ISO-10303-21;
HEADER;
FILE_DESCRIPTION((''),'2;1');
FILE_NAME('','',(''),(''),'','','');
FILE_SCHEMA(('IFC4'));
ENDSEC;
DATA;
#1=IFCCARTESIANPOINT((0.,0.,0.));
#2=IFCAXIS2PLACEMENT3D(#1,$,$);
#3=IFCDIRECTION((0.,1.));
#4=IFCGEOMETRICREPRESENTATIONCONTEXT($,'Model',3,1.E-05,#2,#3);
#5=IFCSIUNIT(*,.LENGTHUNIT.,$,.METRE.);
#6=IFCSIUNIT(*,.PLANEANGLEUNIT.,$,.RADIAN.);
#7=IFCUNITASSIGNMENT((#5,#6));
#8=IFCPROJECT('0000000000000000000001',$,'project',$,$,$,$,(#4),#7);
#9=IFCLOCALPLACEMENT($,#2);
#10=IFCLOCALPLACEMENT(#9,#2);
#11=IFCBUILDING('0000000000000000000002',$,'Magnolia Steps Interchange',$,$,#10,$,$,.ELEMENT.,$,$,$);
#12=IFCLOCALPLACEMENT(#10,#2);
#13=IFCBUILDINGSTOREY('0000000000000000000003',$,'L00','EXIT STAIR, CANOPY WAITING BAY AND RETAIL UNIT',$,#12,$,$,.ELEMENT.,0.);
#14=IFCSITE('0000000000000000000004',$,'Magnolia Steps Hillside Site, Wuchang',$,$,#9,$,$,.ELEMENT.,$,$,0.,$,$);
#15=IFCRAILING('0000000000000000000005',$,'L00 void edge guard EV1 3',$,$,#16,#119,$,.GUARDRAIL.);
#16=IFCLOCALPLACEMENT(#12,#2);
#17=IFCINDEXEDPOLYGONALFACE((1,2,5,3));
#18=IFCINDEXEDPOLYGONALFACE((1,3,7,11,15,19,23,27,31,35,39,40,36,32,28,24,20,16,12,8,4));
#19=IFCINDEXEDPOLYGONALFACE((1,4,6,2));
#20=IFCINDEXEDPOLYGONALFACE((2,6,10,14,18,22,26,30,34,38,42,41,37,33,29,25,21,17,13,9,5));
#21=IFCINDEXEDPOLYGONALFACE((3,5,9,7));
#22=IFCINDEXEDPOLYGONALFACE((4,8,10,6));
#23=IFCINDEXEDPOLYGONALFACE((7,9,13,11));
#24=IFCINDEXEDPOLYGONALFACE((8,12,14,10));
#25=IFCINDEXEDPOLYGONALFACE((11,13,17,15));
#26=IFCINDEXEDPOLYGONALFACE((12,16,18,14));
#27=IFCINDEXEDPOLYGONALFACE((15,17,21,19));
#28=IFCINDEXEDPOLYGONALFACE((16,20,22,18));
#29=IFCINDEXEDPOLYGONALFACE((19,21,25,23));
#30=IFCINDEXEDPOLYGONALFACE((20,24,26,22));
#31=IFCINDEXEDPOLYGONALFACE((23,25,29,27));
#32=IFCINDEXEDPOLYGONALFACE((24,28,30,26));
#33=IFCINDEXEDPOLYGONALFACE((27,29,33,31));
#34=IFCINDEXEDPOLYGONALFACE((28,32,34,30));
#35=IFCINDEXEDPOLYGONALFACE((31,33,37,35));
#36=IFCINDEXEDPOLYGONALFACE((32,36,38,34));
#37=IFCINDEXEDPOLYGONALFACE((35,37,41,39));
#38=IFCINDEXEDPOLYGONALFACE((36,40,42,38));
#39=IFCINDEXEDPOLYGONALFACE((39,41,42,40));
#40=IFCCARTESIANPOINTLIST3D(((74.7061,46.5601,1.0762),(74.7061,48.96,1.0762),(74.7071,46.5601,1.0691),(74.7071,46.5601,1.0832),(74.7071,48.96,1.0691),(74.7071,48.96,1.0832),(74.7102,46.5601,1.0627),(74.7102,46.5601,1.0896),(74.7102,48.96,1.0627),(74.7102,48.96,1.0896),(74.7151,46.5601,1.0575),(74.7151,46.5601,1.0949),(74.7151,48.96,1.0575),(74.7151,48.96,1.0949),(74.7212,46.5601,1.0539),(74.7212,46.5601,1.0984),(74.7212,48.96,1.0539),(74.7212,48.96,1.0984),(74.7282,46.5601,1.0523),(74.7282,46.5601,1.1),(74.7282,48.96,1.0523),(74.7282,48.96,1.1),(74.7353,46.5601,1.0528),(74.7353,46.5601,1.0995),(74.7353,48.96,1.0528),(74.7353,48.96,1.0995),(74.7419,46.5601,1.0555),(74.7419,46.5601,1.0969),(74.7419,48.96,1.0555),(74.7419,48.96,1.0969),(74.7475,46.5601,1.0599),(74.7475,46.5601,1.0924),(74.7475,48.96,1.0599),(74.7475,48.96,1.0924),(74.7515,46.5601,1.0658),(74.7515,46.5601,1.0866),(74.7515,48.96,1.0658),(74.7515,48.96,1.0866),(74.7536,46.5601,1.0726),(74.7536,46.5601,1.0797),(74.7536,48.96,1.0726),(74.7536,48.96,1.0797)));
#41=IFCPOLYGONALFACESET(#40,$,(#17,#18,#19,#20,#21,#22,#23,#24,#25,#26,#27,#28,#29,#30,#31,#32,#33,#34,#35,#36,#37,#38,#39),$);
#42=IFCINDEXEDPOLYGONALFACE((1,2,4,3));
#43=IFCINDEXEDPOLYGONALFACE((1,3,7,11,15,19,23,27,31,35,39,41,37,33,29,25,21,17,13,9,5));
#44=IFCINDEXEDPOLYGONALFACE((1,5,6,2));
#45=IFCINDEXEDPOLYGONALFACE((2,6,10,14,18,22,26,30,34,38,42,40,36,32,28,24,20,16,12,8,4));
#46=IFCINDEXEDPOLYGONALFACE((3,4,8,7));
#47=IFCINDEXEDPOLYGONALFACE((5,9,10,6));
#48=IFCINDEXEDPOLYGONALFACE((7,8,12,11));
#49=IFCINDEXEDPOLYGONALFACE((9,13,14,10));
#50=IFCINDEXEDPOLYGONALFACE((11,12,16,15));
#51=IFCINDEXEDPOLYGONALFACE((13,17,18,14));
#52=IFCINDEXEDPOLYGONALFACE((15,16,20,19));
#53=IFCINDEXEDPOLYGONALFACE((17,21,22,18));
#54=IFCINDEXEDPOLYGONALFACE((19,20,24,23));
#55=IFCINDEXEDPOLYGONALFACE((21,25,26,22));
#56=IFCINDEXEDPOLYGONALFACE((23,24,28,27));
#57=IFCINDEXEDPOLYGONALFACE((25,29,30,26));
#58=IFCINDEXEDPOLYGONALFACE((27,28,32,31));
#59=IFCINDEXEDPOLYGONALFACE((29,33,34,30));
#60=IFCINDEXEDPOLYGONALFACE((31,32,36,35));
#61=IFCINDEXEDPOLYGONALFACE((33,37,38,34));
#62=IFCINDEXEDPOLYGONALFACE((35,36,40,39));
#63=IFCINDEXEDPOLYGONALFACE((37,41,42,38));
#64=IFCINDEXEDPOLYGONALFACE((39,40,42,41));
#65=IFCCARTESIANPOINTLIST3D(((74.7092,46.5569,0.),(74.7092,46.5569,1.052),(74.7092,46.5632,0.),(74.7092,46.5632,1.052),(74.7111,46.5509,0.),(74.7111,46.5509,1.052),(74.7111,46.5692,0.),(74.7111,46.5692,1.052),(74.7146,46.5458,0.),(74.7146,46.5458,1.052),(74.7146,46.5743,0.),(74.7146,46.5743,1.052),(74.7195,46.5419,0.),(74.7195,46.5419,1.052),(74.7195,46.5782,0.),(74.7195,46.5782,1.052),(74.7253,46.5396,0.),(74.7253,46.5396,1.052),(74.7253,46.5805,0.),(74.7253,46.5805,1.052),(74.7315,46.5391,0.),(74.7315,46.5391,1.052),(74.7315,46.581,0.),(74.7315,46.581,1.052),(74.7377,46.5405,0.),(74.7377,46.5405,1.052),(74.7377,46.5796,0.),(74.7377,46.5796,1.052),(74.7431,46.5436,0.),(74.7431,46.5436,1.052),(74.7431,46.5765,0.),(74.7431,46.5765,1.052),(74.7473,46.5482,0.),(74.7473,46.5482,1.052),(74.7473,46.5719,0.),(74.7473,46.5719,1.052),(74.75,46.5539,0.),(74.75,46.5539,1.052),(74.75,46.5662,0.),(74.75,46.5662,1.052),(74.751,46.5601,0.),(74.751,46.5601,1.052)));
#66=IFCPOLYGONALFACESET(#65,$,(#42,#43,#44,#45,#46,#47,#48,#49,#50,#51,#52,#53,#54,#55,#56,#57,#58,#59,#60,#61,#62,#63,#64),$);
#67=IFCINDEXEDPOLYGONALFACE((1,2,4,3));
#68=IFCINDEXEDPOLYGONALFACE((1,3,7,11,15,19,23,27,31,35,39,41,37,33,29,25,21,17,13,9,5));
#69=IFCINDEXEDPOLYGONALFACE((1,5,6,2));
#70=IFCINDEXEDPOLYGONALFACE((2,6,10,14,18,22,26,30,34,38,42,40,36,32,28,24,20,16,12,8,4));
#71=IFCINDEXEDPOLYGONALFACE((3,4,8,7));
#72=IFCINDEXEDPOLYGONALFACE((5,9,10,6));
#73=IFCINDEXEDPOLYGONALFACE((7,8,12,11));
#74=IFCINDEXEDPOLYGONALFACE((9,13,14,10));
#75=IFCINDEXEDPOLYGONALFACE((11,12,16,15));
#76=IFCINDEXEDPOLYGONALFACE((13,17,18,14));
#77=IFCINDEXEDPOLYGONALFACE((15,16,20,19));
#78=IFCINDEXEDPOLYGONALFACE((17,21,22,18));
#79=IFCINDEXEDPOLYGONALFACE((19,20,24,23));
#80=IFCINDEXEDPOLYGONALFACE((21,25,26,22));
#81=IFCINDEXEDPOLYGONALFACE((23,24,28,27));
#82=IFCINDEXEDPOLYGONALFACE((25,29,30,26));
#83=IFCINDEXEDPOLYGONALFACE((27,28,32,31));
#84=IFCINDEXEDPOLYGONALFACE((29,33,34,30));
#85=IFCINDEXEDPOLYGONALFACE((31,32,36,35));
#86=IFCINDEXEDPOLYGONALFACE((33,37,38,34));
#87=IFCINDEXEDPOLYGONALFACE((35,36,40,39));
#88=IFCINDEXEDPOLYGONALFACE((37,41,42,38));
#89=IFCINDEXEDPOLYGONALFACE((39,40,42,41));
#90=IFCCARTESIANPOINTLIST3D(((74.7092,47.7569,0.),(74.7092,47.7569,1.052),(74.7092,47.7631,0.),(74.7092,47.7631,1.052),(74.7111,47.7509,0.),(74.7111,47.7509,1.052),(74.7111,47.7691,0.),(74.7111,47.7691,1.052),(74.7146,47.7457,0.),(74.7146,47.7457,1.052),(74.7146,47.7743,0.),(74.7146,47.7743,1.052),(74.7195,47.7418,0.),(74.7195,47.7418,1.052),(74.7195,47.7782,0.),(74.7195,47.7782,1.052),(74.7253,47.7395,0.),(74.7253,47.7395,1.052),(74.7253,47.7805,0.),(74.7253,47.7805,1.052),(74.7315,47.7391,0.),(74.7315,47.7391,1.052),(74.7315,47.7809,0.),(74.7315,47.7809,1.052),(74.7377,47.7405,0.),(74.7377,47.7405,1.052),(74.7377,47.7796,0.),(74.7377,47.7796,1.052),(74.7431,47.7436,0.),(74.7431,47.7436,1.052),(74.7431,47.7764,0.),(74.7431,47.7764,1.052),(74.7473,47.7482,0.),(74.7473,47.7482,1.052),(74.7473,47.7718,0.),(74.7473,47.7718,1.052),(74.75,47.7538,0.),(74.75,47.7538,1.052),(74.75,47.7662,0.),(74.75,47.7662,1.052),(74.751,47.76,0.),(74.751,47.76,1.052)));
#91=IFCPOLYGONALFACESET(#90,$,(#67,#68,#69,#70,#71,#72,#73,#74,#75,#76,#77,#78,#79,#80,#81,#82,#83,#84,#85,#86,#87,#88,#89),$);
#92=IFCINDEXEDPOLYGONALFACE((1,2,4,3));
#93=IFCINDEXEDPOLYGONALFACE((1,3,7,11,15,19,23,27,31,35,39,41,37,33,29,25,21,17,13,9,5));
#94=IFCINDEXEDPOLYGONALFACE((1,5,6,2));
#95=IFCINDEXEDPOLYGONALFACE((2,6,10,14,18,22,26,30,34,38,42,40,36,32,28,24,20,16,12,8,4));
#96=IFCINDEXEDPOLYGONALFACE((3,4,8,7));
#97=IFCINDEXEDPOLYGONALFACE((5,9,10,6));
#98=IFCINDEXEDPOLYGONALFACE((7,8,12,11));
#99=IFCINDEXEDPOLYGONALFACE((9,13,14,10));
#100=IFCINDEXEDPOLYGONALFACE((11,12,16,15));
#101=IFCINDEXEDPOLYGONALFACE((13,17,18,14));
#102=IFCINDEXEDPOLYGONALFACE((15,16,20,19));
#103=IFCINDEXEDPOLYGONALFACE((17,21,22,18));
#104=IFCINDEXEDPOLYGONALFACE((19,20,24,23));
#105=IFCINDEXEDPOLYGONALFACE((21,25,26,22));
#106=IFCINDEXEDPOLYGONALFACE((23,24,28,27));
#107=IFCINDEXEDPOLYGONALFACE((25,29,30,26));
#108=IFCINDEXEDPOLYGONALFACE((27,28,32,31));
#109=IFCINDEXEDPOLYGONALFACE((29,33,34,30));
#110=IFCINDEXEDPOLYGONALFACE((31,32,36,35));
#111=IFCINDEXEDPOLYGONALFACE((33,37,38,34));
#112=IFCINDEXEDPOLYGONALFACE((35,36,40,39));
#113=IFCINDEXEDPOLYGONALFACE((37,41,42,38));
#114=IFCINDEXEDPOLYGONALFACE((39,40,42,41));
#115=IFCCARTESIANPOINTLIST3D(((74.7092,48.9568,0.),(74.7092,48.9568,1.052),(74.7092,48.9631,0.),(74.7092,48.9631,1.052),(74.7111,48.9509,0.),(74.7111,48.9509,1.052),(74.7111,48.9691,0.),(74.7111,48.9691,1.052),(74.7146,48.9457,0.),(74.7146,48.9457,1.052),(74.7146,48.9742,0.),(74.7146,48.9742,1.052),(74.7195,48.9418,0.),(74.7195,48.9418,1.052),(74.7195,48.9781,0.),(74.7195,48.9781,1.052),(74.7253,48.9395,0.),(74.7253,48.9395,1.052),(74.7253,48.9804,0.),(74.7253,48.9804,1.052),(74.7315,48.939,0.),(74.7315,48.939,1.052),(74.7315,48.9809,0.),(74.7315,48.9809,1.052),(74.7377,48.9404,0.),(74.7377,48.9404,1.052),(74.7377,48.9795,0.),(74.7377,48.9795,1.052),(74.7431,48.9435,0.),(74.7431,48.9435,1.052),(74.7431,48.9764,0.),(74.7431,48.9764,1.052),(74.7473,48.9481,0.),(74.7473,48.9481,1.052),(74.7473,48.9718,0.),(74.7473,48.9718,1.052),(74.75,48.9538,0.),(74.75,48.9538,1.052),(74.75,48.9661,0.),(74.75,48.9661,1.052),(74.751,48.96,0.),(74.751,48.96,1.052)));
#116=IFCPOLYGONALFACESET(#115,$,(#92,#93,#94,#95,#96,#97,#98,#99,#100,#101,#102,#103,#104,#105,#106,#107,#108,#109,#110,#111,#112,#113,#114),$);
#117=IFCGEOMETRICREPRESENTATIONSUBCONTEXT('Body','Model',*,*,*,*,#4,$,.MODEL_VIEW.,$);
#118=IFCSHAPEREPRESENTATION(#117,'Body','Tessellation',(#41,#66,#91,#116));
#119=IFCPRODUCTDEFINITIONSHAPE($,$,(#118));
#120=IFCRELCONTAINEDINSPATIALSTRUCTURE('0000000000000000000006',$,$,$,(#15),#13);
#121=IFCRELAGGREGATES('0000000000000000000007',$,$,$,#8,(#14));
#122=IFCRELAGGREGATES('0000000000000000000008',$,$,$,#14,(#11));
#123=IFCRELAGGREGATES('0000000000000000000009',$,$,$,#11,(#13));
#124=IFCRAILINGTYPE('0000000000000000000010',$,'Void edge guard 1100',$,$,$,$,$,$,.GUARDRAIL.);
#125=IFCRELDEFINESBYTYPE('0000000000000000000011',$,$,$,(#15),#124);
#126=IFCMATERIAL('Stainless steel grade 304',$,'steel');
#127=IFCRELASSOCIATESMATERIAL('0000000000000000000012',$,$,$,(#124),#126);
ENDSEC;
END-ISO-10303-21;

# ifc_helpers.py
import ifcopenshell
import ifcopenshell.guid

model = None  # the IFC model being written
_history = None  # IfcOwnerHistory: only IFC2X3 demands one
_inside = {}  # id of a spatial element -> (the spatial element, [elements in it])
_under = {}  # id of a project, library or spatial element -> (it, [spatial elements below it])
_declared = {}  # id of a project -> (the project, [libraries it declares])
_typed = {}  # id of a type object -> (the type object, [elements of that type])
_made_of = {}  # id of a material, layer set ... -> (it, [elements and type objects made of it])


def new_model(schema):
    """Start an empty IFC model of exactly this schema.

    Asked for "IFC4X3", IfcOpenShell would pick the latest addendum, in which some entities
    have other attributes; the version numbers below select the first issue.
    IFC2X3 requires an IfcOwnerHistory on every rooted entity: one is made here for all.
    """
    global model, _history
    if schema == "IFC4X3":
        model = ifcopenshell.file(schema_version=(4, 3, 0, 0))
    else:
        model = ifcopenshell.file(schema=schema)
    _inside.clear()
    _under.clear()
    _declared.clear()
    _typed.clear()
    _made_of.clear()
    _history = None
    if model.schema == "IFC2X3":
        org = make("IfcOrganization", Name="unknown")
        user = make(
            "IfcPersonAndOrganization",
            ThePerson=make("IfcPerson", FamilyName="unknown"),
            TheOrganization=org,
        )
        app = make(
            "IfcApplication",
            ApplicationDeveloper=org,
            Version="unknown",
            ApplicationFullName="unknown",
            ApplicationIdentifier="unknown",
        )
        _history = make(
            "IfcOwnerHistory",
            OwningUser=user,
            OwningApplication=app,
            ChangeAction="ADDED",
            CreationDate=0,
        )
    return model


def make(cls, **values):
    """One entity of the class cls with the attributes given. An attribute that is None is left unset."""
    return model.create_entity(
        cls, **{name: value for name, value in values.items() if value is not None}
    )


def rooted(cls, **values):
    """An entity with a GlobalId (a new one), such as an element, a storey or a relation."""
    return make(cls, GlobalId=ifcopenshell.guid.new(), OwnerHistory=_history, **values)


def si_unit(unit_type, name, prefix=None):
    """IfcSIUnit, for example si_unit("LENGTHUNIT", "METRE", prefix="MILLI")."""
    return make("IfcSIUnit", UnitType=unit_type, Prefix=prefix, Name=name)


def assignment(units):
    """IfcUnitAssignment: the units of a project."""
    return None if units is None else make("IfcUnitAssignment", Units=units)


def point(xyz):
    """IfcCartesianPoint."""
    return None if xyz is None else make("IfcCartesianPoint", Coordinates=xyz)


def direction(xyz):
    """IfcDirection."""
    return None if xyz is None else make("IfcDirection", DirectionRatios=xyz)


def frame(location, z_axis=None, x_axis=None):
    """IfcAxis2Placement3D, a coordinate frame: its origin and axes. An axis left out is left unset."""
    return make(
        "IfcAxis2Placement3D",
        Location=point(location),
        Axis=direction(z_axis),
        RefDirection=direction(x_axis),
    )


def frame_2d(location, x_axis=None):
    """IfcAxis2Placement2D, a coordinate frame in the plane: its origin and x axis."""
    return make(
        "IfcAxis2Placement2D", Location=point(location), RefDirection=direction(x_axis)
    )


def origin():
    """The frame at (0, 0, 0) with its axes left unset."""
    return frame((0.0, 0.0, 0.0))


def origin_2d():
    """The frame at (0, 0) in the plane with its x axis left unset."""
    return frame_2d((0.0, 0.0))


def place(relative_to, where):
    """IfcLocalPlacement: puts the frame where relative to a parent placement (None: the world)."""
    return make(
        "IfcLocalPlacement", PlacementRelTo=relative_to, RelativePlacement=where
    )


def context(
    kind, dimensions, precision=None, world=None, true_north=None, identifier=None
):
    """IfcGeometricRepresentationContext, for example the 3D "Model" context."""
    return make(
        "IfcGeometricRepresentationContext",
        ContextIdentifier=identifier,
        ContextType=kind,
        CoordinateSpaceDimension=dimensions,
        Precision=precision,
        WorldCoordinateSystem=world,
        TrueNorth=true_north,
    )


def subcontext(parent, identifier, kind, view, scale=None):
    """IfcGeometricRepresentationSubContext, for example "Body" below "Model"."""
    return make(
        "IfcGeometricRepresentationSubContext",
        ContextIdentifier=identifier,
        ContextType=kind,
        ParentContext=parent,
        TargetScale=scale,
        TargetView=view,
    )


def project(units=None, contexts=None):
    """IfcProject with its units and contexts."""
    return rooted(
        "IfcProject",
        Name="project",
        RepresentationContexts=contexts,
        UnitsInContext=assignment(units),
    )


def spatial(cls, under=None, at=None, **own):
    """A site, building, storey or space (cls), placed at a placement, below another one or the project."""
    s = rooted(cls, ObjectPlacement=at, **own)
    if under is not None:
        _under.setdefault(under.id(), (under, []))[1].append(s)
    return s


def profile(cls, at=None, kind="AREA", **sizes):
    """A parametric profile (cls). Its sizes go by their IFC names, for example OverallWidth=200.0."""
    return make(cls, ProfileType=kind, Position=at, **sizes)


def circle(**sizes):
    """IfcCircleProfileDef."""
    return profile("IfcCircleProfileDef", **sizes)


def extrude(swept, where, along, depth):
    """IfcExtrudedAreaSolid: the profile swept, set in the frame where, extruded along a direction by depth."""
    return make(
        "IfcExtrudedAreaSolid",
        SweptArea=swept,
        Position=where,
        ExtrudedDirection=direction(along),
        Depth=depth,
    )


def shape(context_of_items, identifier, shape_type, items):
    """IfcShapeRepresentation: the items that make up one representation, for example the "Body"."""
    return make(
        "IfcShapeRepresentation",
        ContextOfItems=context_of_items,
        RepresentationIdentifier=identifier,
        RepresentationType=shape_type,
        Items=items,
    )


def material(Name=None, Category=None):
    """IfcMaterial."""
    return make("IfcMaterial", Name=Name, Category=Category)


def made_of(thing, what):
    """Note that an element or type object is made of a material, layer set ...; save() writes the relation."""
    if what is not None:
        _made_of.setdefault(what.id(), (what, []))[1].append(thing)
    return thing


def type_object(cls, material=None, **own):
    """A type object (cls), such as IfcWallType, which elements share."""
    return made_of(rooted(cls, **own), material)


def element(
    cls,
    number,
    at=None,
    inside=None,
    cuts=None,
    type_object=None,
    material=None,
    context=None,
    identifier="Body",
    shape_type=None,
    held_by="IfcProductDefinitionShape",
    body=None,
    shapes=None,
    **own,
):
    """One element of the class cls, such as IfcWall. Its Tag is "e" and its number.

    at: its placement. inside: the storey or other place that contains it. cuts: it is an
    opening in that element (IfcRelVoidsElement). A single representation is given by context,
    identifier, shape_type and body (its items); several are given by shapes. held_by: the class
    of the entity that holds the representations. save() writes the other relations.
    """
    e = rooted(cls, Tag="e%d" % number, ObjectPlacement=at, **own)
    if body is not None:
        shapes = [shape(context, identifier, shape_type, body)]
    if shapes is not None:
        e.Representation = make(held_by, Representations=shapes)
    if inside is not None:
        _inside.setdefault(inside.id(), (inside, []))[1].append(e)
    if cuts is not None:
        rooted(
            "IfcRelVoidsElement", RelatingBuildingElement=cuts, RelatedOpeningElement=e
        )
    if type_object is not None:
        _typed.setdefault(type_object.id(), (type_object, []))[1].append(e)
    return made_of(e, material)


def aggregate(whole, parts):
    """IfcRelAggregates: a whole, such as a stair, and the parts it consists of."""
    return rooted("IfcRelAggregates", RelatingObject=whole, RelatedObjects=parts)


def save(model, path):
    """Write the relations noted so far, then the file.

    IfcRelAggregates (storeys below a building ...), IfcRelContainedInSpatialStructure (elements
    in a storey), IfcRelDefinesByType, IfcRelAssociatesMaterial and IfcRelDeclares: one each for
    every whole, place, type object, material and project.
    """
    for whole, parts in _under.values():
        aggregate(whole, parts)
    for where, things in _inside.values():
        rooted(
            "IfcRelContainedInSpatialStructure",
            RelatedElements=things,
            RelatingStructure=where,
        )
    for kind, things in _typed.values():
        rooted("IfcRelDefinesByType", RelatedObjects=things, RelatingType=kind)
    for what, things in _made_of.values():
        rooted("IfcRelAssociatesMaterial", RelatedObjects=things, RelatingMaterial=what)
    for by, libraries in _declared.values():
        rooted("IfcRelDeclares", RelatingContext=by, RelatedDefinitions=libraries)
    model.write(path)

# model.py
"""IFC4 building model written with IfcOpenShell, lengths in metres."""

from ifc_helpers import new_model, si_unit, direction, frame, origin, origin_2d, place, context, subcontext, project, spatial, circle, extrude, material, type_object, element, save


model = new_model("IFC4")

# Units and contexts
model_context = context("Model", 3, precision=1e-05, world=origin(), true_north=direction((0.0, 1.0)))
body_context = subcontext(model_context, "Body", "Model", "MODEL_VIEW")
ifc_project = project(units=[si_unit("LENGTHUNIT", "METRE"), si_unit("PLANEANGLEUNIT", "RADIAN")], contexts=[model_context])

# Site, building, storey
site_placement = place(None, origin())
site = spatial("IfcSite", under=ifc_project, at=site_placement, Name="Magnolia Steps Hillside Site, Wuchang", CompositionType="ELEMENT", RefElevation=0.0)
building_placement = place(site_placement, origin())
building = spatial("IfcBuilding", under=site, at=building_placement, Name="Magnolia Steps Interchange", CompositionType="ELEMENT")
storey_placement = place(building_placement, origin())
storey = spatial("IfcBuildingStorey", under=building, at=storey_placement, Name="L00", Description="EXIT STAIR, CANOPY WAITING BAY AND RETAIL UNIT", CompositionType="ELEMENT", Elevation=0.0)

# Railing
ifc_material_1 = material(Name="Stainless steel grade 304", Category="steel")
railing_type_1 = type_object("IfcRailingType", Name="Void edge guard 1100", PredefinedType="GUARDRAIL", material=ifc_material_1)
railing_1_placement = place(storey_placement, frame((74.73, 46.5601, 0.0)))
element("IfcRailing", 1, at=railing_1_placement, inside=storey, type_object=railing_type_1, Name="L00 void edge guard EV1 3", PredefinedType="GUARDRAIL", context=body_context, shape_type="SweptSolid", body=[
    extrude(circle(Radius=0.0239, at=origin_2d()), frame((0.0, 0.0, 1.0762), z_axis=(0.0, 1.0, 0.0), x_axis=(-1.0, 0.0, 0.0)), (0.0, 0.0, 1.0), 2.3999),
    extrude(circle(Radius=0.021, at=origin_2d()), origin(), (0.0, 0.0, 1.0), 1.052),
    extrude(circle(Radius=0.021, at=origin_2d()), frame((0.0, 1.2, 0.0)), (0.0, 0.0, 1.0), 1.052),
    extrude(circle(Radius=0.021, at=origin_2d()), frame((0.0, 2.3999, 0.0)), (0.0, 0.0, 1.0), 1.052),
])

save(model, "model.ifc")
